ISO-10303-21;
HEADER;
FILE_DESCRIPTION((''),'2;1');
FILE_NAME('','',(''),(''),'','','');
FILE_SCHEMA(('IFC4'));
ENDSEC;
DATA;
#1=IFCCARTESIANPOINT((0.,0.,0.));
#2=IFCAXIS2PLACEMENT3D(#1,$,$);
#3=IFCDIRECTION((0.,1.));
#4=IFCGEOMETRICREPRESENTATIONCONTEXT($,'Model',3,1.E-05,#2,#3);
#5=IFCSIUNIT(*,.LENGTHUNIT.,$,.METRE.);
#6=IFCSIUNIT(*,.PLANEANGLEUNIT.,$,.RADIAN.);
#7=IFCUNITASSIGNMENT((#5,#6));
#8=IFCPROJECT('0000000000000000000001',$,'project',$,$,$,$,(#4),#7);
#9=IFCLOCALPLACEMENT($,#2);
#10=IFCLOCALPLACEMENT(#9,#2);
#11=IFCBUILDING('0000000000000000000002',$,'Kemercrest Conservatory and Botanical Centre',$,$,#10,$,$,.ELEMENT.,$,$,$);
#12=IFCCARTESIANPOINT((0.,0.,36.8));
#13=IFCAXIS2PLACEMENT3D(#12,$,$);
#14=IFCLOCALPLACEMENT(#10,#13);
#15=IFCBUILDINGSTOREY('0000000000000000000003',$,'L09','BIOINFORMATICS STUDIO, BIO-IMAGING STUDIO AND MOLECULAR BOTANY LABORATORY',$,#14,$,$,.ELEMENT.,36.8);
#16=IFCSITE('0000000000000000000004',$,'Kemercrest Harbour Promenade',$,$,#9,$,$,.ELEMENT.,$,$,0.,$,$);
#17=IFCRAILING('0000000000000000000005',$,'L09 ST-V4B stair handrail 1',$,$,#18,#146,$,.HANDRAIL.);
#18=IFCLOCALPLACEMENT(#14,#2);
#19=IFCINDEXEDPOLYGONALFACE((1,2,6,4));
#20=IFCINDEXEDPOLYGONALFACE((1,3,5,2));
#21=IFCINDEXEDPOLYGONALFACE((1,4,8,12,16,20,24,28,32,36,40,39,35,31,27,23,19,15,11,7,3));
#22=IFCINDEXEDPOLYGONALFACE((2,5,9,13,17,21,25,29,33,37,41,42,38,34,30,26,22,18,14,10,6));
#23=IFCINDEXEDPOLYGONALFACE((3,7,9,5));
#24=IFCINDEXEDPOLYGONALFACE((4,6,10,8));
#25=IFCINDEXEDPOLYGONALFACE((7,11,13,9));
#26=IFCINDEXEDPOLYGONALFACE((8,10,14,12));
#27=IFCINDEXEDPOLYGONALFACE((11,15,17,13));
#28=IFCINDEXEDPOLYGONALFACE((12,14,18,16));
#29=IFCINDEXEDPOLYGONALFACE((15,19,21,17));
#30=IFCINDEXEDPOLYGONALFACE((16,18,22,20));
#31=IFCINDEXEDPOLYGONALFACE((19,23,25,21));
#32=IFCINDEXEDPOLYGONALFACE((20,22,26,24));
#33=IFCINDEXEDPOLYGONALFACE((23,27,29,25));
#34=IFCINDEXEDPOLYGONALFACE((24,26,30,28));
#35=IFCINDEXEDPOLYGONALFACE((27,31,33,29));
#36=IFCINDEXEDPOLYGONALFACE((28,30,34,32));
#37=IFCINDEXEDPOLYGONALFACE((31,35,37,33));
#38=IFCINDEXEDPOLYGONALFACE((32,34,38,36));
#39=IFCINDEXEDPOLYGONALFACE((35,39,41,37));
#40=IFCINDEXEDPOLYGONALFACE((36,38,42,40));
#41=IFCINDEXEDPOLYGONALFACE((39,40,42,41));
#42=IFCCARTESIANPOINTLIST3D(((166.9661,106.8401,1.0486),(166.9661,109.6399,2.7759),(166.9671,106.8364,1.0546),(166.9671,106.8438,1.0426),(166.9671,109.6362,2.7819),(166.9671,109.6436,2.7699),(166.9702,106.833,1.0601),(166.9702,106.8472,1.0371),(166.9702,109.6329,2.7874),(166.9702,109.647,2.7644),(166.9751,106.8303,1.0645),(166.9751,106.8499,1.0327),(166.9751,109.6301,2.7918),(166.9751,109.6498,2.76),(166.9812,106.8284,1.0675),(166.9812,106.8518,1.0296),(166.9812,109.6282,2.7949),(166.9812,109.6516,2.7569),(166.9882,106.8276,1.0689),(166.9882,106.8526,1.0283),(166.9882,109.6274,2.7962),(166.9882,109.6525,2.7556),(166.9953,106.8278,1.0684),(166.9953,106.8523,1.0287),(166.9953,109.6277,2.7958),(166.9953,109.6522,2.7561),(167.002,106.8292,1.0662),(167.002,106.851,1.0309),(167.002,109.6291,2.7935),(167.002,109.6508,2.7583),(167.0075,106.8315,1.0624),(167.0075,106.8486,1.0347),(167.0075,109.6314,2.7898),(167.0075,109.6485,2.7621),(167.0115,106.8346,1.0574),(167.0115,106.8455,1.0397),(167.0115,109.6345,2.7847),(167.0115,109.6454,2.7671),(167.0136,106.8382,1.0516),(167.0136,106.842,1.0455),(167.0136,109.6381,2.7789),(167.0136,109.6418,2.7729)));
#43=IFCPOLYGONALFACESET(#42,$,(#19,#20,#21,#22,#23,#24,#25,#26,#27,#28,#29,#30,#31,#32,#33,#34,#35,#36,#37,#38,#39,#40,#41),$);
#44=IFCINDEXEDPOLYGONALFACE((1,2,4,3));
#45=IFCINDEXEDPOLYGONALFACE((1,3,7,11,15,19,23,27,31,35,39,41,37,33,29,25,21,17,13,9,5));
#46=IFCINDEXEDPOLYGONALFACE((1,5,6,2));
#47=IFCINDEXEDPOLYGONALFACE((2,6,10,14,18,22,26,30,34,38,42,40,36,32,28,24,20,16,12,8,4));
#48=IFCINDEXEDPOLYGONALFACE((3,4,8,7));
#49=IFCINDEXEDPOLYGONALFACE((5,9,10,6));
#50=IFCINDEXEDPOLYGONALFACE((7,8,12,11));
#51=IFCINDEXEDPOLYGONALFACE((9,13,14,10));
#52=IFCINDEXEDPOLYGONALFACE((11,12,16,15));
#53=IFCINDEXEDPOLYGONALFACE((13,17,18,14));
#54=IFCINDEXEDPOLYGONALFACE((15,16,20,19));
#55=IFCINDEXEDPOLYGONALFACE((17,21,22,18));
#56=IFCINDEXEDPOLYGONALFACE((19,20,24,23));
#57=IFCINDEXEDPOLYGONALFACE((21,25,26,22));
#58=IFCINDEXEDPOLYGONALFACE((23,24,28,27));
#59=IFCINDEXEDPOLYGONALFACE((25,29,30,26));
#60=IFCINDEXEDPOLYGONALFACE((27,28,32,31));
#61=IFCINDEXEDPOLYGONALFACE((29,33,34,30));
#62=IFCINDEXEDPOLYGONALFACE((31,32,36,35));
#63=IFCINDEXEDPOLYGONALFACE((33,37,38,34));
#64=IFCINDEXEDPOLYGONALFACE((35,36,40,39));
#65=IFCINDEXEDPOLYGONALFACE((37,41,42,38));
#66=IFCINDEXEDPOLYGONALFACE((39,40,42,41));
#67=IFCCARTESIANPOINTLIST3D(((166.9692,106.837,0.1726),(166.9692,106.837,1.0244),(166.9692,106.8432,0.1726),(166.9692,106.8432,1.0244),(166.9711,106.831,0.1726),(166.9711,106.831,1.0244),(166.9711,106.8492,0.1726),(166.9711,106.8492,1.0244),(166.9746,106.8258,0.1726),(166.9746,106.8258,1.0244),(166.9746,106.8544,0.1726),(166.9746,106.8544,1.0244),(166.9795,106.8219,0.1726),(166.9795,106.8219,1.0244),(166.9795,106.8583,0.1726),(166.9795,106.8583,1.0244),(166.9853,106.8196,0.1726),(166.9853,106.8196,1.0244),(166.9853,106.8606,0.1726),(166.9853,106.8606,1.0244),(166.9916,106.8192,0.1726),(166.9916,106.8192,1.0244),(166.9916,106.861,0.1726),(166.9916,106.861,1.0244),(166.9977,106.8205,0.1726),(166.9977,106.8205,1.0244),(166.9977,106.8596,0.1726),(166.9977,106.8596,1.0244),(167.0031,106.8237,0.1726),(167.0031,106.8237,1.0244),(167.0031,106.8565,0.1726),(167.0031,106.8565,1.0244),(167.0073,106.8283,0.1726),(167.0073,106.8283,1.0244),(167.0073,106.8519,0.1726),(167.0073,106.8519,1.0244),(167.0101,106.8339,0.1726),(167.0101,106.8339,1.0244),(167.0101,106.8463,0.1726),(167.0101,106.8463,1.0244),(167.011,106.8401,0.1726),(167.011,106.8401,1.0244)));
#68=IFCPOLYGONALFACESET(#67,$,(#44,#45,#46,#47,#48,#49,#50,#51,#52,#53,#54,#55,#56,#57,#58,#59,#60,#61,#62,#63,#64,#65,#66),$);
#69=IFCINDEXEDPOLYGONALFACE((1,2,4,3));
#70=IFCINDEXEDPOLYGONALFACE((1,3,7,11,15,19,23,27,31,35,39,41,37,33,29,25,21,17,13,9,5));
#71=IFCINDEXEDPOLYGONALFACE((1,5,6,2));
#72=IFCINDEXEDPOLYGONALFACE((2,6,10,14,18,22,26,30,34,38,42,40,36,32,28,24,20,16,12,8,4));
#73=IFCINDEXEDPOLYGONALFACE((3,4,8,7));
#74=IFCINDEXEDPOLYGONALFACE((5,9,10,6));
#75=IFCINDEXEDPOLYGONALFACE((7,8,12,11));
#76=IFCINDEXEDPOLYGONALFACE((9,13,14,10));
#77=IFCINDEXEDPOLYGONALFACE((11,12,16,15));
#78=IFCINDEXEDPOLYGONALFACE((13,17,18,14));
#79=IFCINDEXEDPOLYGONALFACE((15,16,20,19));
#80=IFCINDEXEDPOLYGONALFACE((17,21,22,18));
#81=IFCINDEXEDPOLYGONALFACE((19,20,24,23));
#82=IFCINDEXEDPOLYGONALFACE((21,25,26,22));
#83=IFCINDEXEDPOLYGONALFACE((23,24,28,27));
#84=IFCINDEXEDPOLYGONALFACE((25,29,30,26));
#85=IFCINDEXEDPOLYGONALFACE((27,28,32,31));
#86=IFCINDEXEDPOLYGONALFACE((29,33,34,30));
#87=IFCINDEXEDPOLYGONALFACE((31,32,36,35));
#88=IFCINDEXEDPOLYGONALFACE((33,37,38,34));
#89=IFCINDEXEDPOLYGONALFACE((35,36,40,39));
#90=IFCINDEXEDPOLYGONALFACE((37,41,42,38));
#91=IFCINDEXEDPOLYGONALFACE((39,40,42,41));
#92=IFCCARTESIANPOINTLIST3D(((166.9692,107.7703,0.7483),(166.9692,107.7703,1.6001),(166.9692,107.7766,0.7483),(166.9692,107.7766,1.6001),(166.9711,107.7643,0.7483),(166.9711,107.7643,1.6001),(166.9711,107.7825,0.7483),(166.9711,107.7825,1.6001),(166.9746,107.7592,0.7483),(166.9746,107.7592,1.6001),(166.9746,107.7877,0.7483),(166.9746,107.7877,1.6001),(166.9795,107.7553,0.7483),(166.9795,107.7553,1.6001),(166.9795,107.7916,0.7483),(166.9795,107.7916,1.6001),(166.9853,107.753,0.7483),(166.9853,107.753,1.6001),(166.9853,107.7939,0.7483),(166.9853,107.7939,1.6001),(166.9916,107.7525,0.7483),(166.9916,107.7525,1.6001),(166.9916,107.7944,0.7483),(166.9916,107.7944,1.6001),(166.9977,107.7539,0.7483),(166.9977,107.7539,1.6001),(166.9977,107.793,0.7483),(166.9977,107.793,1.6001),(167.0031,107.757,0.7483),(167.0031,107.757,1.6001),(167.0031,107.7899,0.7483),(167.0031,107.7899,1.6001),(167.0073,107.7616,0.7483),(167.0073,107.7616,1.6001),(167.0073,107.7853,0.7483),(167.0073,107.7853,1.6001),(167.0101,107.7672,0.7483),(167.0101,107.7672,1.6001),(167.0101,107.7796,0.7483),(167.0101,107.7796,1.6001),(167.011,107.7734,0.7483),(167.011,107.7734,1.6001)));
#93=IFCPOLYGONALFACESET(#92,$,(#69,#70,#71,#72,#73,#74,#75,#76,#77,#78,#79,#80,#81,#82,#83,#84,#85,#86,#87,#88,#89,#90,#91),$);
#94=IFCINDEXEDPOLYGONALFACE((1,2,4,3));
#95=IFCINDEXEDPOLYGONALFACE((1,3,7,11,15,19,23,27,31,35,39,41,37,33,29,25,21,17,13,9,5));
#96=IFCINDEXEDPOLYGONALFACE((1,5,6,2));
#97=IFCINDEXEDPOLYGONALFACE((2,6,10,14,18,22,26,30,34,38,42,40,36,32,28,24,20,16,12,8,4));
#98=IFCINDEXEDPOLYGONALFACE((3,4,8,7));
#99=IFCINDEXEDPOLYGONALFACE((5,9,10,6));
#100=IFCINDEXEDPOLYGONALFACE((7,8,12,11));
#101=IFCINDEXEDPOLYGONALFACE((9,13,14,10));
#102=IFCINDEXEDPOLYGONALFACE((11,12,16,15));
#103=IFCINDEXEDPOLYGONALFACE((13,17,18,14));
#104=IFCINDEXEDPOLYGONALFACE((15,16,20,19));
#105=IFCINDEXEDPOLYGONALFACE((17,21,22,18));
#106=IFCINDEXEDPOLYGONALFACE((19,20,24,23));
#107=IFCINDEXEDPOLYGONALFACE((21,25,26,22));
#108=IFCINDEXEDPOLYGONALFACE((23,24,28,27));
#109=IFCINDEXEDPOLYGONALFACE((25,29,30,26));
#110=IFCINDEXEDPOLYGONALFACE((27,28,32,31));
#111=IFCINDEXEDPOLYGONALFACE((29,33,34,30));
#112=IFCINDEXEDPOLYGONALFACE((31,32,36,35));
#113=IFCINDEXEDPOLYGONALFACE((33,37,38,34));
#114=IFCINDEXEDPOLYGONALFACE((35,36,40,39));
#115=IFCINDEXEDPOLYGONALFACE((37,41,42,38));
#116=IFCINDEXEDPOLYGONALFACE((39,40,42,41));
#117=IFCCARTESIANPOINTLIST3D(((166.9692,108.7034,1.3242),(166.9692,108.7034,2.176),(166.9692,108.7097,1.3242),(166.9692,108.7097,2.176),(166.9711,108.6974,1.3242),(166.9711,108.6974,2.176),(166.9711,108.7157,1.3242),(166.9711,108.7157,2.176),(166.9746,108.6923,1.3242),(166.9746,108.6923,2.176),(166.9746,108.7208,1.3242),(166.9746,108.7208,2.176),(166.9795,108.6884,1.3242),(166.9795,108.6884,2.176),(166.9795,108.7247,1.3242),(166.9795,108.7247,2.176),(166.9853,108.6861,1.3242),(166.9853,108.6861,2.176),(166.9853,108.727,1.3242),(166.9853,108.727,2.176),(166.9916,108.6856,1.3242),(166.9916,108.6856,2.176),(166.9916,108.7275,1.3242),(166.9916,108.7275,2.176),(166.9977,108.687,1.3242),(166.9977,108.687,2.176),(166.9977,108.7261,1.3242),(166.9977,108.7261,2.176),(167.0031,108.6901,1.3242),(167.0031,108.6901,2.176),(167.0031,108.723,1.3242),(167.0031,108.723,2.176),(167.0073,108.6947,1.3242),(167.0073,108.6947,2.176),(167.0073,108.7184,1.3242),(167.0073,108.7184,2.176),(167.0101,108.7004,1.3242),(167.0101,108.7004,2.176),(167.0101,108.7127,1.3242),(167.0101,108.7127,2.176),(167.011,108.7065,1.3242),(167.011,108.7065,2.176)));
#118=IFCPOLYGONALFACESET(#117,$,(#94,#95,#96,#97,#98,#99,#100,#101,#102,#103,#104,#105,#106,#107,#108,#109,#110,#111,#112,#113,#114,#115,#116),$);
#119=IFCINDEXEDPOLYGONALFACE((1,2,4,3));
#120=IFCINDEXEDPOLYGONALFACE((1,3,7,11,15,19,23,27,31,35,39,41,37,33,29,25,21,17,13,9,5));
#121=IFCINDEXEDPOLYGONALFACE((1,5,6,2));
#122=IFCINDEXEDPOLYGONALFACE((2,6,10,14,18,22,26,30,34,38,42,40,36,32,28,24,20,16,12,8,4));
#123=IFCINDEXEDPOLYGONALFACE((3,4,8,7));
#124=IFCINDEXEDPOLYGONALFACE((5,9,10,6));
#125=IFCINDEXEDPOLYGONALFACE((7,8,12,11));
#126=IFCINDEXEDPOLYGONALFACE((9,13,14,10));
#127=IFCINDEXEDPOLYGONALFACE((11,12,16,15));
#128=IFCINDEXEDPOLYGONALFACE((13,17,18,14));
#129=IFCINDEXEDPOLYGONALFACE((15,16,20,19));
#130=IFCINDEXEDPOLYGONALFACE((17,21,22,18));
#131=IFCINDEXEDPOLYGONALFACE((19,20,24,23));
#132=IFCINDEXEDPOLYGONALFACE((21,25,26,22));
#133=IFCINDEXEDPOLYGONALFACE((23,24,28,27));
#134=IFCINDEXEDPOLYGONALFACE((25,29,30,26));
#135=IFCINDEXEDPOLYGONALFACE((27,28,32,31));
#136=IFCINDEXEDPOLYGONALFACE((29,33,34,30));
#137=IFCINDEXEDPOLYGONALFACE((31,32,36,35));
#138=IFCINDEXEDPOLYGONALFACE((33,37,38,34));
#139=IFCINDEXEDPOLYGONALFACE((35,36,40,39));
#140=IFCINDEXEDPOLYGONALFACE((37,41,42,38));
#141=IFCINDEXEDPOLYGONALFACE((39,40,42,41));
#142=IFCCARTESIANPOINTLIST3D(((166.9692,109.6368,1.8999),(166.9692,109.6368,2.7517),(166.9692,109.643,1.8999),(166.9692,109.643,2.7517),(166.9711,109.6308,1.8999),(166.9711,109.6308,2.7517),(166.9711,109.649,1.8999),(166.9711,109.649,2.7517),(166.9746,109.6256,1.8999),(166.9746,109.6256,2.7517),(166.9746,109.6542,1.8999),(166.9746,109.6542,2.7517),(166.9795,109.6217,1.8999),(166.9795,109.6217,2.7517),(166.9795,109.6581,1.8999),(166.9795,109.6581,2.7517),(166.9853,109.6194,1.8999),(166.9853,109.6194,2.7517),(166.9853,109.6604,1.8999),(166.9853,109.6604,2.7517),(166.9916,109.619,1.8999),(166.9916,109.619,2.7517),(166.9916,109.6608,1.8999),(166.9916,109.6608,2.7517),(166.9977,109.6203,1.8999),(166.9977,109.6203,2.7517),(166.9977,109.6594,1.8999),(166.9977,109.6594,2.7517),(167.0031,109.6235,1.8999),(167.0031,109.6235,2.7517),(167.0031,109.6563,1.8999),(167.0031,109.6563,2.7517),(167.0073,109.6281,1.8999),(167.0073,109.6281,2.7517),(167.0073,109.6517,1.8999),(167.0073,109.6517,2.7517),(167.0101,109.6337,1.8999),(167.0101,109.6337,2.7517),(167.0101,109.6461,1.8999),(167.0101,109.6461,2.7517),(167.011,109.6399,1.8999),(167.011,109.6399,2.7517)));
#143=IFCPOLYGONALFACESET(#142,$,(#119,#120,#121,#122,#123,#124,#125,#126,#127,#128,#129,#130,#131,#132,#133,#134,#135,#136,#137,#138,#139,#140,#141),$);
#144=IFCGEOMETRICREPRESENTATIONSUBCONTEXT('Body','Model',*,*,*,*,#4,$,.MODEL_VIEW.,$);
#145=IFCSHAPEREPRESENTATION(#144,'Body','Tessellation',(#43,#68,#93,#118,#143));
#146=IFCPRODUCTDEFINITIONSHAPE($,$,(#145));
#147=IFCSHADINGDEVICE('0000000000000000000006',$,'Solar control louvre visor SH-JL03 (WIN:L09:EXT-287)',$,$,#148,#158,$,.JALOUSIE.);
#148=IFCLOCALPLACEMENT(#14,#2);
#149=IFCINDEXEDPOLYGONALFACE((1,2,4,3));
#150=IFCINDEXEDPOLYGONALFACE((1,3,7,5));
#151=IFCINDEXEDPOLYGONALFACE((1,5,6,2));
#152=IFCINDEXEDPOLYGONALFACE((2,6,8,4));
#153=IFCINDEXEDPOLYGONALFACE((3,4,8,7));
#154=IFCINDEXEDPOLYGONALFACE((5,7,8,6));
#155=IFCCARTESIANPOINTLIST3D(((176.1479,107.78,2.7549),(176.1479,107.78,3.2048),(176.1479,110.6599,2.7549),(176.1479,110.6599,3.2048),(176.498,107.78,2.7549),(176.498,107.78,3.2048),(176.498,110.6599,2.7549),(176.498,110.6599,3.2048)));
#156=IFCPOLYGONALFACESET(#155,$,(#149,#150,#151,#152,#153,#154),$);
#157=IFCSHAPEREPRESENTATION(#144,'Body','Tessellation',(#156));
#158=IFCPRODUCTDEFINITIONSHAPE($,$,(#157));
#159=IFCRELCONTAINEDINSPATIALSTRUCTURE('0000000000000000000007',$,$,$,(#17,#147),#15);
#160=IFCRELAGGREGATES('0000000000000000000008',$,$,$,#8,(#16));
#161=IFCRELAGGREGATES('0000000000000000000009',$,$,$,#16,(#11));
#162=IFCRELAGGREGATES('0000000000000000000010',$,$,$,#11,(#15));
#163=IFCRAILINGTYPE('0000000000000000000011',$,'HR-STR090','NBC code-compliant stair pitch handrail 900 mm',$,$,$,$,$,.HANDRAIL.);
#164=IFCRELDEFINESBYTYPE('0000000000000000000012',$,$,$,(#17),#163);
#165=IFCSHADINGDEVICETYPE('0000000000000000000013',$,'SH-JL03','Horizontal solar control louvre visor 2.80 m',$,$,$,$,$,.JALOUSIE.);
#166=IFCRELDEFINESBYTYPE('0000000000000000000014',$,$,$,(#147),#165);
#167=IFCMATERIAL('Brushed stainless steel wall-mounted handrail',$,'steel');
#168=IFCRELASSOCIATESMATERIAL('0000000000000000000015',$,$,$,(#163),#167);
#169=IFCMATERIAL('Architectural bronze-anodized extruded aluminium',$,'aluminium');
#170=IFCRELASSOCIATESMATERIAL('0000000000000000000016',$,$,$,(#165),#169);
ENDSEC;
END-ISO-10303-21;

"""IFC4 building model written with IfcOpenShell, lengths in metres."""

from ifc_helpers import new_model, si_unit, direction, frame, origin, origin_2d, place, context, subcontext, project, spatial, rectangle, circle, extrude, material, type_object, element, save


model = new_model("IFC4")

# Units and contexts
model_context = context("Model", 3, precision=1e-05, world=origin(), true_north=direction((0.0, 1.0)))
body_context = subcontext(model_context, "Body", "Model", "MODEL_VIEW")
ifc_project = project(units=[si_unit("LENGTHUNIT", "METRE"), si_unit("PLANEANGLEUNIT", "RADIAN")], contexts=[model_context])

# Site, building, storey
site_placement = place(None, origin())
site = spatial("IfcSite", under=ifc_project, at=site_placement, Name="Kemercrest Harbour Promenade", CompositionType="ELEMENT", RefElevation=0.0)
building_placement = place(site_placement, origin())
building = spatial("IfcBuilding", under=site, at=building_placement, Name="Kemercrest Conservatory and Botanical Centre", CompositionType="ELEMENT")
storey_placement = place(building_placement, frame((0.0, 0.0, 36.8)))
storey = spatial("IfcBuildingStorey", under=building, at=storey_placement, Name="L09", Description="BIOINFORMATICS STUDIO, BIO-IMAGING STUDIO AND MOLECULAR BOTANY LABORATORY", CompositionType="ELEMENT", Elevation=36.8)

# Railing
ifc_material_1 = material(Name="Brushed stainless steel wall-mounted handrail", Category="steel")
railing_type_1 = type_object("IfcRailingType", Name="HR-STR090", Description="NBC code-compliant stair pitch handrail 900 mm", PredefinedType="HANDRAIL", material=ifc_material_1)
railing_1_placement = place(storey_placement, frame((166.99, 106.8401, 0.1726)))
element("IfcRailing", 1, at=railing_1_placement, inside=storey, type_object=railing_type_1, Name="L09 ST-V4B stair handrail 1", PredefinedType="HANDRAIL", context=body_context, shape_type="SweptSolid", body=[
    extrude(circle(Radius=0.0239, at=origin_2d()), frame((0.0, 0.0, 0.876), z_axis=(0.0, 0.851069, 0.525054), x_axis=(-1.0, 0.0, 0.0)), (0.0, 0.0, 1.0), 3.2898),
    extrude(circle(Radius=0.021, at=origin_2d()), origin(), (0.0, 0.0, 1.0), 0.8518),
    extrude(circle(Radius=0.021, at=origin_2d()), frame((0.0, 0.9333, 0.5757)), (0.0, 0.0, 1.0), 0.8518),
    extrude(circle(Radius=0.021, at=origin_2d()), frame((0.0, 1.8665, 1.1516)), (0.0, 0.0, 1.0), 0.8518),
    extrude(circle(Radius=0.021, at=origin_2d()), frame((0.0, 2.7998, 1.7273)), (0.0, 0.0, 1.0), 0.8518),
])

# Shading device
ifc_material_2 = material(Name="Architectural bronze-anodized extruded aluminium", Category="aluminium")
shading_device_type = type_object("IfcShadingDeviceType", Name="SH-JL03", Description="Horizontal solar control louvre visor 2.80 m", PredefinedType="JALOUSIE", material=ifc_material_2)
shading_device_placement = place(storey_placement, frame((176.323, 109.22, 2.7549), z_axis=(0.0, 0.0, 1.0), x_axis=(0.0, 1.0, 0.0)))
element("IfcShadingDevice", 2, at=shading_device_placement, inside=storey, type_object=shading_device_type, Name="Solar control louvre visor SH-JL03 (WIN:L09:EXT-287)", PredefinedType="JALOUSIE", context=body_context, shape_type="SweptSolid", body=[
    extrude(rectangle(XDim=2.8799, YDim=0.3501, at=origin_2d()), origin(), (0.0, 0.0, 1.0), 0.45),
])

save(model, "model.ifc")
